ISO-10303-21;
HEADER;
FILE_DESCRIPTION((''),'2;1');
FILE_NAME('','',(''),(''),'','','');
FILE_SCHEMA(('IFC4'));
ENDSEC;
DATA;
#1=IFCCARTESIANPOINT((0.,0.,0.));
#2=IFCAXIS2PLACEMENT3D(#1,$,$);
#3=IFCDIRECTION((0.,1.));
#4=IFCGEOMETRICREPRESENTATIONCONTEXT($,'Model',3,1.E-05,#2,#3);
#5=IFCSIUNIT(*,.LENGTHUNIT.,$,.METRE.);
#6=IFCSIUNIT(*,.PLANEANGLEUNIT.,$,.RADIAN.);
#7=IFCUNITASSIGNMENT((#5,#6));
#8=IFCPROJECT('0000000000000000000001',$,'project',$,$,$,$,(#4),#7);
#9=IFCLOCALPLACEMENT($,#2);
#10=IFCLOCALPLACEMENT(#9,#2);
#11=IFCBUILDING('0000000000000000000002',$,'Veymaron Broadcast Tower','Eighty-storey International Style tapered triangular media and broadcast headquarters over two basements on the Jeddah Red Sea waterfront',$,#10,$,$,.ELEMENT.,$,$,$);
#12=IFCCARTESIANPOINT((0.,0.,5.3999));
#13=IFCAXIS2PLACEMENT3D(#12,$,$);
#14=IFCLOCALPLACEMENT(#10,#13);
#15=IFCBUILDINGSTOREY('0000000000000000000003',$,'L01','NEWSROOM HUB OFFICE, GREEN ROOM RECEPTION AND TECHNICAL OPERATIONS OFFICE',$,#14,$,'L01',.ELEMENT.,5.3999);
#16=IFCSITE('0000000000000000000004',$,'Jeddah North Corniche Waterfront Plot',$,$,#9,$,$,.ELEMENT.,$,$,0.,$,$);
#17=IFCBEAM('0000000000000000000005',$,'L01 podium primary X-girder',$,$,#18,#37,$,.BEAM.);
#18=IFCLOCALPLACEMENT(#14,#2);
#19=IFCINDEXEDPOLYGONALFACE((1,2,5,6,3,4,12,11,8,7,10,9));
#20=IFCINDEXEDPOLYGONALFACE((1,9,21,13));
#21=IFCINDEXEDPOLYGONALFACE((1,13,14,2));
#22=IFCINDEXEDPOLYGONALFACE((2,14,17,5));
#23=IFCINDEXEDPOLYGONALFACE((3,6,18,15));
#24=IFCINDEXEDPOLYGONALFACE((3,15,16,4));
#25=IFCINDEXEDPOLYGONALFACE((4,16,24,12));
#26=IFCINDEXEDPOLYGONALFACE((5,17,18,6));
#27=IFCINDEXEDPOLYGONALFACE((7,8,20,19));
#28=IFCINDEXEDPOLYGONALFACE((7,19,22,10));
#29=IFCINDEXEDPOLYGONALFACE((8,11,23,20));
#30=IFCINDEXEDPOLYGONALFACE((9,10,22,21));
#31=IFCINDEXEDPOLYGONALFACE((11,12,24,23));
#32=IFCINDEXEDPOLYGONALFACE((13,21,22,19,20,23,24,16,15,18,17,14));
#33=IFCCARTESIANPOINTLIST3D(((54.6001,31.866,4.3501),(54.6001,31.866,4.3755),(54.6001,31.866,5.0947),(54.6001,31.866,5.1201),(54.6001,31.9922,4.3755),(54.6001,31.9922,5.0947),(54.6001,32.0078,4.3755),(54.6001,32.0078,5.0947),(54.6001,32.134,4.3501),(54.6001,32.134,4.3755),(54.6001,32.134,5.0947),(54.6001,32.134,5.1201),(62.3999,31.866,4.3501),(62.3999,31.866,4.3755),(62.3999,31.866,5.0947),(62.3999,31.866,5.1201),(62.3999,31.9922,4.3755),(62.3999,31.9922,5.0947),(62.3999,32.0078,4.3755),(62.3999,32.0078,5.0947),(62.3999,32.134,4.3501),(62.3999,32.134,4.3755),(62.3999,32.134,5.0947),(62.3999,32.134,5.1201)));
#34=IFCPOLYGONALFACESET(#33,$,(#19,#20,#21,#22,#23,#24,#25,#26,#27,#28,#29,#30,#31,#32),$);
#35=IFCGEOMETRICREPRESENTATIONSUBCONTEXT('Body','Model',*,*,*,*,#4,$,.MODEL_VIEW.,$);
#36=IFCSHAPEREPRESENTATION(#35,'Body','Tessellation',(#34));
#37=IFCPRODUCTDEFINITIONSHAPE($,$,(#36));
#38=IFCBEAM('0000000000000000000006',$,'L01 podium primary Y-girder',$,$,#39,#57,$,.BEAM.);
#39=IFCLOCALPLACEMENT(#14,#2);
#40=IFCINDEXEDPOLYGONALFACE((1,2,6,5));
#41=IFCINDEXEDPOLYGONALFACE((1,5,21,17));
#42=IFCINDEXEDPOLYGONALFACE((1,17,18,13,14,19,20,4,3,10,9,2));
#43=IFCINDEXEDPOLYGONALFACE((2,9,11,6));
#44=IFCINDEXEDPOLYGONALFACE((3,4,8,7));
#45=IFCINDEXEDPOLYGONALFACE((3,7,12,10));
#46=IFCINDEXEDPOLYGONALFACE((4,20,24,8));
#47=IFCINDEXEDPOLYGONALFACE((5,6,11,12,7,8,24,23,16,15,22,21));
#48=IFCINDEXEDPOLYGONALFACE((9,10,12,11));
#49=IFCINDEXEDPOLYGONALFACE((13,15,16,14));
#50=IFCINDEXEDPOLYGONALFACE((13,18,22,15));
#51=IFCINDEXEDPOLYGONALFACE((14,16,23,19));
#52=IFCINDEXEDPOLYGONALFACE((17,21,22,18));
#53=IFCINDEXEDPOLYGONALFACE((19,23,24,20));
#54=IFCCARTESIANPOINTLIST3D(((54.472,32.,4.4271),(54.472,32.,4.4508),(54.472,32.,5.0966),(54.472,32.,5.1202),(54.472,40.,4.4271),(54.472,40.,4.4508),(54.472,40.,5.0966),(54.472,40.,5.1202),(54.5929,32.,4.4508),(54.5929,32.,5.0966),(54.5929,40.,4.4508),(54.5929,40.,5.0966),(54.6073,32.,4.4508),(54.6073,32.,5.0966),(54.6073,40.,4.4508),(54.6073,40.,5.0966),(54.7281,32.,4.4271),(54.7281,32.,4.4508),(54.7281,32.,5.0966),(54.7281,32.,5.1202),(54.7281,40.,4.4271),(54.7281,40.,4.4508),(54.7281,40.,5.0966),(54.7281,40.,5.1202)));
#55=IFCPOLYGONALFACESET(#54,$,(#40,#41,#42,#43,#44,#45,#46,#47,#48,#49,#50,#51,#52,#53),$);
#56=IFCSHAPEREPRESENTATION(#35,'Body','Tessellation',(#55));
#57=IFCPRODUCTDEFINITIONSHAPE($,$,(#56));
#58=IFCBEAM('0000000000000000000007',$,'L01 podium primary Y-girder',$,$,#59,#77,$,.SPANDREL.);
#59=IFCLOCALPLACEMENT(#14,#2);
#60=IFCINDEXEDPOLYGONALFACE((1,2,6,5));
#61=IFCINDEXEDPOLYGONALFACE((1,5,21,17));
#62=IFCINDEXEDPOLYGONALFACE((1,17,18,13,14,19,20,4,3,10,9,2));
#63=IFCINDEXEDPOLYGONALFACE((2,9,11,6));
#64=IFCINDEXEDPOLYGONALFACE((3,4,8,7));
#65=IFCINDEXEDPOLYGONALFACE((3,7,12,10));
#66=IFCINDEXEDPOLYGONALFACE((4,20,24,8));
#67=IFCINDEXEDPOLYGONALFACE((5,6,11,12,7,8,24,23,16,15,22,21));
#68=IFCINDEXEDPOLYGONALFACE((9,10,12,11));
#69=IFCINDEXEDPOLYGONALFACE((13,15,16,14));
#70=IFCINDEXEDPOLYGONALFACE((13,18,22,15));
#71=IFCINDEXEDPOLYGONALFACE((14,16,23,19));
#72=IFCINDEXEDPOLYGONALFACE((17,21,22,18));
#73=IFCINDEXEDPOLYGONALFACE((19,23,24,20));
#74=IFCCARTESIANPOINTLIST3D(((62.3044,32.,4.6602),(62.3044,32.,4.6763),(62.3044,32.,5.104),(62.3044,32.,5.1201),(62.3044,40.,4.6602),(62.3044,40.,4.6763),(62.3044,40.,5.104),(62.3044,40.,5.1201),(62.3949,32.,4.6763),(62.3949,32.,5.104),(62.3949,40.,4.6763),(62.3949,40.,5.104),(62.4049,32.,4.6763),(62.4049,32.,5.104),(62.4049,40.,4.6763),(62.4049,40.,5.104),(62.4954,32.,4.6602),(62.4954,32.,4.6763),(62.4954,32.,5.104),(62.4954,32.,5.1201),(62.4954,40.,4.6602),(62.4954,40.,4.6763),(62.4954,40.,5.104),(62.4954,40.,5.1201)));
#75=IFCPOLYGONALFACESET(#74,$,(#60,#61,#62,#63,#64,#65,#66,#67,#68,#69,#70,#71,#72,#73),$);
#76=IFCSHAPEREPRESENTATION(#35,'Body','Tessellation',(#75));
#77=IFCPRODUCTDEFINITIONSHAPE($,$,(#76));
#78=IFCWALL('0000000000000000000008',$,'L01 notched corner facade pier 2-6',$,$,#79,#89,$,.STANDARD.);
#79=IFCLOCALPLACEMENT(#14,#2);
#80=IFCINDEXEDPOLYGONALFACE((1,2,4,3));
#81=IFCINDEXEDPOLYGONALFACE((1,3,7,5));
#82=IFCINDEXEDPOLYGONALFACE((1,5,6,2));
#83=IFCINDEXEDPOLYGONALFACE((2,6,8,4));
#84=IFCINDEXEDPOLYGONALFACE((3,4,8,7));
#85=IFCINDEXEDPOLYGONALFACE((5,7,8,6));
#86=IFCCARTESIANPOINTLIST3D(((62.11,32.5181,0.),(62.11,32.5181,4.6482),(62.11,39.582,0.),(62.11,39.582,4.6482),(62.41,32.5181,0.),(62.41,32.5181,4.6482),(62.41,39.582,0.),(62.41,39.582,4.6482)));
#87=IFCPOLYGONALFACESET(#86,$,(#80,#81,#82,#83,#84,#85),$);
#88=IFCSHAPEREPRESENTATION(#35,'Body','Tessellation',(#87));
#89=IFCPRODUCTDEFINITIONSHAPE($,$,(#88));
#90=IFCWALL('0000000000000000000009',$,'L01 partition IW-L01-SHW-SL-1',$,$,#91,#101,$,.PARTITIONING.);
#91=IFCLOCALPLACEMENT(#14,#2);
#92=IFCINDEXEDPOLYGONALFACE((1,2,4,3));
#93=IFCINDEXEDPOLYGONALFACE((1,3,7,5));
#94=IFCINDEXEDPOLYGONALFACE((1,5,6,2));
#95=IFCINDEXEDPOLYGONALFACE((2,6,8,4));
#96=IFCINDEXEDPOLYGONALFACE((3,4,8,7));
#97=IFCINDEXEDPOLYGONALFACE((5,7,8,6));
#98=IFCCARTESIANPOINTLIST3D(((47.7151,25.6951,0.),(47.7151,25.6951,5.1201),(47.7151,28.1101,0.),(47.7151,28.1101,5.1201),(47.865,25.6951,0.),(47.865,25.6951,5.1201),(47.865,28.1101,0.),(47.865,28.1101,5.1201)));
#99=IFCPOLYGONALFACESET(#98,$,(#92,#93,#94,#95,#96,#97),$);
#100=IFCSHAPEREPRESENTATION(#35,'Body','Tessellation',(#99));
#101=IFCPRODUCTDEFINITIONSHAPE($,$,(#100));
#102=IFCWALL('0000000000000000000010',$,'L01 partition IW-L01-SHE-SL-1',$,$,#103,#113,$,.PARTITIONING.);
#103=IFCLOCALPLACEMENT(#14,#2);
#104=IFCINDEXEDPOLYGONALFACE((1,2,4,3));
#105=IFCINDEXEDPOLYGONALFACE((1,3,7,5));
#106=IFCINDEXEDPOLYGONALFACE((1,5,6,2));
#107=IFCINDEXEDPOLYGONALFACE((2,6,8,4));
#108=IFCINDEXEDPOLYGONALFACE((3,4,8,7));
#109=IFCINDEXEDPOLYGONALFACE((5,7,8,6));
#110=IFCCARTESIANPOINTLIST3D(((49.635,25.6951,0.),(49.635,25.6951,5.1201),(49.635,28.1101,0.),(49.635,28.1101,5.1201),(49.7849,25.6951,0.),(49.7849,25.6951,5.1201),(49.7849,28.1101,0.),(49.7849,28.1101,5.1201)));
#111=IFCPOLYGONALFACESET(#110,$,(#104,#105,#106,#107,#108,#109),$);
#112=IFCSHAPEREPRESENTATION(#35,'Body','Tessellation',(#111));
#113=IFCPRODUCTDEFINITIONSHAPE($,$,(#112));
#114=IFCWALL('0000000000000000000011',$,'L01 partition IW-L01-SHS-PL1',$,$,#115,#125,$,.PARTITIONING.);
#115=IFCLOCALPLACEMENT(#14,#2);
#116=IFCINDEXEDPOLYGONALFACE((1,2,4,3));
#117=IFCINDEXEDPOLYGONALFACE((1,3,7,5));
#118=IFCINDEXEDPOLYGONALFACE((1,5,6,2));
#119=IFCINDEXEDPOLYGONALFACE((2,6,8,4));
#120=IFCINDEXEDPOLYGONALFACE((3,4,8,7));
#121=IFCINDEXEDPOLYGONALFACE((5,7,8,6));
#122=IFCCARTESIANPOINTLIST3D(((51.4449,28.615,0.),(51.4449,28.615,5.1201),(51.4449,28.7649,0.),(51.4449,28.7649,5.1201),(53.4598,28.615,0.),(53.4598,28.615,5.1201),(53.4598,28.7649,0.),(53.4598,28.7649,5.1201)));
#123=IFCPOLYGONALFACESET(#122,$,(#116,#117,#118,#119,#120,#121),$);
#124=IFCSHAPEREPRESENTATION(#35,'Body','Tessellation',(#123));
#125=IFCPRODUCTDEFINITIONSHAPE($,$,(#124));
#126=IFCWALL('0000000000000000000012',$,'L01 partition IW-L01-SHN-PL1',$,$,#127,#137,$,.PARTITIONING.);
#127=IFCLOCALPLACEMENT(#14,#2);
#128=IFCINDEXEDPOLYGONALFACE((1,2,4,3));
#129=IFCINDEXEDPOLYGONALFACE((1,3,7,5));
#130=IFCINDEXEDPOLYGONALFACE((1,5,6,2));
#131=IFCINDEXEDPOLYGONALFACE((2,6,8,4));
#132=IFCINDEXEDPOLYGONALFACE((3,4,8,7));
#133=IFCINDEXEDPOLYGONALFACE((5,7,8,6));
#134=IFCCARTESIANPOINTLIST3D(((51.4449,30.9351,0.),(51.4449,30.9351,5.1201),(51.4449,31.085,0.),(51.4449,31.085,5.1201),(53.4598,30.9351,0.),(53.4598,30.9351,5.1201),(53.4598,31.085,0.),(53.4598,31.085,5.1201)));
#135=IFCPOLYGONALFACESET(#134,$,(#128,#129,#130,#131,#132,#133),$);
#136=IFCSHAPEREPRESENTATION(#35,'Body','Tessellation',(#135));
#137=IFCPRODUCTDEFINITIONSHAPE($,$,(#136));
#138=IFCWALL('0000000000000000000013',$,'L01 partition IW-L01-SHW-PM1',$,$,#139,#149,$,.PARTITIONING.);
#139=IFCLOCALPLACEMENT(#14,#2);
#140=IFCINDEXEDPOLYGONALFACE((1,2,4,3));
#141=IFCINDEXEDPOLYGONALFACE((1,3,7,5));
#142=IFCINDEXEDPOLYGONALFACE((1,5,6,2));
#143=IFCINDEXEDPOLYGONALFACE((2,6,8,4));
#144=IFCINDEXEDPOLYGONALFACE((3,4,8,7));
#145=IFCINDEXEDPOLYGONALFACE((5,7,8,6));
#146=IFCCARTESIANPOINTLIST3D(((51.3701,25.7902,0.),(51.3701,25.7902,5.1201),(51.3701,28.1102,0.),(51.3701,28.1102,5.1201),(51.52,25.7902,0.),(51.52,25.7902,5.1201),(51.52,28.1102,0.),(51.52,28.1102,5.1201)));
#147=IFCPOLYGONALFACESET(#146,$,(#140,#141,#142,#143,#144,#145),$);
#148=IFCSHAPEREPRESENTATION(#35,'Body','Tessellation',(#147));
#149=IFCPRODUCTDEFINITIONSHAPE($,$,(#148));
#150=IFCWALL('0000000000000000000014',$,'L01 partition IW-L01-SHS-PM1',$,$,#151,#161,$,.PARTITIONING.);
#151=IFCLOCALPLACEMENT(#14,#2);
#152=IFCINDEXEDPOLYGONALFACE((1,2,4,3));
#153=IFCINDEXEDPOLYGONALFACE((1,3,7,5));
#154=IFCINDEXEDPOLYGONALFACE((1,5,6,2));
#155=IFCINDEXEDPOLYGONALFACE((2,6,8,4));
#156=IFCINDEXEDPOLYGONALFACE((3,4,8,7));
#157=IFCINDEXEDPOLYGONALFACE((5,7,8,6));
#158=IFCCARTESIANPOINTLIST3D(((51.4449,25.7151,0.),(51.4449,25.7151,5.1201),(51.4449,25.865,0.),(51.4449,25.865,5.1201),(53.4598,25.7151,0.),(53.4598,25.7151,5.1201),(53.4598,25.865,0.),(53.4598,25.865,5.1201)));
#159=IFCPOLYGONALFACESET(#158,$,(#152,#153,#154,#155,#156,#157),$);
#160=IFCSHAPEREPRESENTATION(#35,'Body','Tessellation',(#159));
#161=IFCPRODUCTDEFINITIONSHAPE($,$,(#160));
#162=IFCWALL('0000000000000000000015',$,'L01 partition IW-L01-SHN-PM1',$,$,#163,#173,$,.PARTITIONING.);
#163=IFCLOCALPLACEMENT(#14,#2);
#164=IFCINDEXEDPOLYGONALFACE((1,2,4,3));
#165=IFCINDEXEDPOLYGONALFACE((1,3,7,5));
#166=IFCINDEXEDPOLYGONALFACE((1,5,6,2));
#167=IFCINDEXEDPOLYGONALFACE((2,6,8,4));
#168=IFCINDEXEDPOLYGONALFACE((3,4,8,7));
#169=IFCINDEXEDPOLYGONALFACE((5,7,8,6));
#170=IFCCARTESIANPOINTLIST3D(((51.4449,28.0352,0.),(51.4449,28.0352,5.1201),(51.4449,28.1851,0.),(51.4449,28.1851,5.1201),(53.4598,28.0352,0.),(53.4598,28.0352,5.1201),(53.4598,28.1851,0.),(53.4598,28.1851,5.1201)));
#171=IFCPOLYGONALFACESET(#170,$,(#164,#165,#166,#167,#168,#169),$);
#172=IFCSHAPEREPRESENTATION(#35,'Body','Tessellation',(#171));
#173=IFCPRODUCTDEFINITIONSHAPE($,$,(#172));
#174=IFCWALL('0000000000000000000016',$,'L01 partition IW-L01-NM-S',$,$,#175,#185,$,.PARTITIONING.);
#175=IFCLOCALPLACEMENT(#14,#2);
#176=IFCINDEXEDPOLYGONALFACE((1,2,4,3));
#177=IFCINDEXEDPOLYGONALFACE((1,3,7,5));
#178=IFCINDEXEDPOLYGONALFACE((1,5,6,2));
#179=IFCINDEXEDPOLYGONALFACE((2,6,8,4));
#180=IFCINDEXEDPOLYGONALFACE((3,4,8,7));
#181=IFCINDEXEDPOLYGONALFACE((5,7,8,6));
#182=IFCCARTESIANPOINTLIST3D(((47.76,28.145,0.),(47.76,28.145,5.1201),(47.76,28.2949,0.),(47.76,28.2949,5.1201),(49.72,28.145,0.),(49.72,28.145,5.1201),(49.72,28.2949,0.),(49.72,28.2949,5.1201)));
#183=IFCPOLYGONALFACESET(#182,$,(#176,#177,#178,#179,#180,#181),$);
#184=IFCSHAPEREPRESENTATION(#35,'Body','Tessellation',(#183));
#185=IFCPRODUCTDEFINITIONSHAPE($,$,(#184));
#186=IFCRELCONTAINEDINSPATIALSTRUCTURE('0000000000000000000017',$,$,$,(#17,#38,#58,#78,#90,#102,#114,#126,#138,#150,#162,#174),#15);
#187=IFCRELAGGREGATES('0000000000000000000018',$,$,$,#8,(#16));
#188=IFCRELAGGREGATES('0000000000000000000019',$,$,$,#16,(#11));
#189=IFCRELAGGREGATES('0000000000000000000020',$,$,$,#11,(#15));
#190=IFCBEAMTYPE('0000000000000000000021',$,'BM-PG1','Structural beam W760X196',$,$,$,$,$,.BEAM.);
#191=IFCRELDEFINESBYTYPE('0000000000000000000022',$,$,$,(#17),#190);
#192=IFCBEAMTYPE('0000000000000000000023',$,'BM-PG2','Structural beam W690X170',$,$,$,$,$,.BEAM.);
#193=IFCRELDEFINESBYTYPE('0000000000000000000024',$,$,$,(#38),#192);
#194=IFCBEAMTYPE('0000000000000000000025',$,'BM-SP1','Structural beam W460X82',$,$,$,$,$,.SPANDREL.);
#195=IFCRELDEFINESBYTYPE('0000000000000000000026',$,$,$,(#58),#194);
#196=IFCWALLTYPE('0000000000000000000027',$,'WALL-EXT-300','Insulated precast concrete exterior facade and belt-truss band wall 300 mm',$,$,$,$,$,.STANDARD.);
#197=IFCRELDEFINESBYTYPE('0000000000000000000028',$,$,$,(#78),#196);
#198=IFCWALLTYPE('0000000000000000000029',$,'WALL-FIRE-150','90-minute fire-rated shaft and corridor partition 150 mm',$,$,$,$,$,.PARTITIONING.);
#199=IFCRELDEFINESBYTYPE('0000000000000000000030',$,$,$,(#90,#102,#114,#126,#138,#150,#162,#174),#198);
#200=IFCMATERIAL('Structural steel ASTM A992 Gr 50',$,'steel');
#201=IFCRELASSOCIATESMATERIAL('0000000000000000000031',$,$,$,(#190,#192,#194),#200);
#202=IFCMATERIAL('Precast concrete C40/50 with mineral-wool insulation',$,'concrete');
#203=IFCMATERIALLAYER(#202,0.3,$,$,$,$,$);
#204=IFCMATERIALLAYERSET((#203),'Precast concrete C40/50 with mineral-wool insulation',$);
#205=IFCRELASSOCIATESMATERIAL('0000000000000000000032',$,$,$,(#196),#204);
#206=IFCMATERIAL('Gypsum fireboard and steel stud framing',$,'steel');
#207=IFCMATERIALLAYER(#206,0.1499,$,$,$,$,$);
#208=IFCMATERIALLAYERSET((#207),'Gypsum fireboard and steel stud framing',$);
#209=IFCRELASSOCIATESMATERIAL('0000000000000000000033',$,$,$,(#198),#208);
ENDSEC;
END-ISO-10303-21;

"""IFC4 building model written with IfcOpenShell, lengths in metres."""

from ifc_helpers import new_model, si_unit, direction, frame, frame_2d, origin, origin_2d, place, context, subcontext, project, spatial, rectangle, i_section, extrude, material, layer, layer_set, material_profile, profile_set, type_object, element, save


model = new_model("IFC4")

# Units and contexts
model_context = context("Model", 3, precision=1e-05, world=origin(), true_north=direction((0.0, 1.0)))
body_context = subcontext(model_context, "Body", "Model", "MODEL_VIEW")
ifc_project = project(units=[si_unit("LENGTHUNIT", "METRE"), si_unit("PLANEANGLEUNIT", "RADIAN")], contexts=[model_context])

# Site, building, storey
site_placement = place(None, origin())
site = spatial("IfcSite", under=ifc_project, at=site_placement, Name="Jeddah North Corniche Waterfront Plot", CompositionType="ELEMENT", RefElevation=0.0)
building_placement = place(site_placement, origin())
building = spatial("IfcBuilding", under=site, at=building_placement, Name="Veymaron Broadcast Tower", Description="Eighty-storey International Style tapered triangular media and broadcast headquarters over two basements on the Jeddah Red Sea waterfront", CompositionType="ELEMENT")
storey_placement = place(building_placement, frame((0.0, 0.0, 5.3999)))
storey = spatial("IfcBuildingStorey", under=building, at=storey_placement, Name="L01", Description="NEWSROOM HUB OFFICE, GREEN ROOM RECEPTION AND TECHNICAL OPERATIONS OFFICE", LongName="L01", CompositionType="ELEMENT", Elevation=5.3999)

# Shared definitions
ifc_material_1 = material(Name="Structural steel ASTM A992 Gr 50", Category="steel")

# Beams
ifc_material_profile_1 = material_profile(ifc_material_1, i_section(OverallWidth=0.2681, OverallDepth=0.77, WebThickness=0.0156, FlangeThickness=0.0254, at=origin_2d()), Name="W760X196")
ifc_profile_set_1 = profile_set([ifc_material_profile_1], Name="Structural steel ASTM A992 Gr 50")
beam_type_1 = type_object("IfcBeamType", Name="BM-PG1", Description="Structural beam W760X196", PredefinedType="BEAM", material=ifc_profile_set_1)
beam_1_placement = place(storey_placement, frame((54.6001, 32.0, 4.7351), z_axis=(1.0, 0.0, 0.0), x_axis=(0.0, 1.0, 0.0)))
element("IfcBeam", 1, at=beam_1_placement, inside=storey, type_object=beam_type_1, Name="L01 podium primary X-girder", PredefinedType="BEAM", context=body_context, shape_type="SweptSolid", body=[
    extrude(i_section(OverallWidth=0.2681, OverallDepth=0.77, WebThickness=0.0156, FlangeThickness=0.0254, at=origin_2d()), origin(), (0.0, 0.0, 1.0), 7.7998),
])
ifc_material_profile_2 = material_profile(ifc_material_1, i_section(OverallWidth=0.2561, OverallDepth=0.6931, WebThickness=0.0144, FlangeThickness=0.0237, at=origin_2d()), Name="W690X170")
ifc_profile_set_2 = profile_set([ifc_material_profile_2], Name="Structural steel ASTM A992 Gr 50")
beam_type_2 = type_object("IfcBeamType", Name="BM-PG2", Description="Structural beam W690X170", PredefinedType="BEAM", material=ifc_profile_set_2)
beam_2_placement = place(storey_placement, frame((54.6001, 32.0, 4.7737), z_axis=(0.0, 1.0, 0.0), x_axis=(-1.0, 0.0, 0.0)))
element("IfcBeam", 2, at=beam_2_placement, inside=storey, type_object=beam_type_2, Name="L01 podium primary Y-girder", PredefinedType="BEAM", context=body_context, shape_type="SweptSolid", body=[
    extrude(i_section(OverallWidth=0.2561, OverallDepth=0.6931, WebThickness=0.0144, FlangeThickness=0.0237, at=origin_2d()), origin(), (0.0, 0.0, 1.0), 8.0),
])
ifc_material_profile_3 = material_profile(ifc_material_1, i_section(OverallWidth=0.1909, OverallDepth=0.46, WebThickness=0.01, FlangeThickness=0.0161, at=origin_2d()), Name="W460X82")
ifc_profile_set_3 = profile_set([ifc_material_profile_3], Name="Structural steel ASTM A992 Gr 50")
beam_type_3 = type_object("IfcBeamType", Name="BM-SP1", Description="Structural beam W460X82", PredefinedType="SPANDREL", material=ifc_profile_set_3)
beam_3_placement = place(storey_placement, frame((62.3999, 32.0, 4.8901), z_axis=(0.0, 1.0, 0.0), x_axis=(-1.0, 0.0, 0.0)))
element("IfcBeam", 3, at=beam_3_placement, inside=storey, type_object=beam_type_3, Name="L01 podium primary Y-girder", PredefinedType="SPANDREL", context=body_context, shape_type="SweptSolid", body=[
    extrude(i_section(OverallWidth=0.1909, OverallDepth=0.46, WebThickness=0.01, FlangeThickness=0.0161, at=origin_2d()), origin(), (0.0, 0.0, 1.0), 8.0),
])

# Wall
ifc_material_2 = material(Name="Precast concrete C40/50 with mineral-wool insulation", Category="concrete")
ifc_layer_1 = layer(ifc_material_2, 0.3)
ifc_layer_set_1 = layer_set([ifc_layer_1], Name="Precast concrete C40/50 with mineral-wool insulation")
wall_type_1 = type_object("IfcWallType", Name="WALL-EXT-300", Description="Insulated precast concrete exterior facade and belt-truss band wall 300 mm", PredefinedType="STANDARD", material=ifc_layer_set_1)
wall_1_placement = place(storey_placement, frame((62.26, 32.5181, 0.0), z_axis=(0.0, 0.0, 1.0), x_axis=(0.0, 1.0, 0.0)))
element("IfcWall", 4, at=wall_1_placement, inside=storey, type_object=wall_type_1, Name="L01 notched corner facade pier 2-6", PredefinedType="STANDARD", context=body_context, shape_type="SweptSolid", body=[
    extrude(rectangle(XDim=7.064, YDim=0.3, at=frame_2d((3.532, 0.0))), origin(), (0.0, 0.0, 1.0), 4.6482),
])

# Shared definitions
ifc_material_3 = material(Name="Gypsum fireboard and steel stud framing", Category="steel")
ifc_layer_2 = layer(ifc_material_3, 0.1499)
ifc_layer_set_2 = layer_set([ifc_layer_2], Name="Gypsum fireboard and steel stud framing")
wall_type_2 = type_object("IfcWallType", Name="WALL-FIRE-150", Description="90-minute fire-rated shaft and corridor partition 150 mm", PredefinedType="PARTITIONING", material=ifc_layer_set_2)

# Walls
for number, where, z_axis, x_axis, name in (
    (5, (47.79, 25.6951, 0.0), (0.0, 0.0, 1.0), (0.0, 1.0, 0.0), "L01 partition IW-L01-SHW-SL-1"),
    (6, (49.71, 25.6951, 0.0), (0.0, 0.0, 1.0), (0.0, 1.0, 0.0), "L01 partition IW-L01-SHE-SL-1"),
):
    element("IfcWall", number, at=place(storey_placement, frame(where, z_axis=z_axis, x_axis=x_axis)), inside=storey, type_object=wall_type_2, Name=name, PredefinedType="PARTITIONING", context=body_context, shape_type="SweptSolid", body=[
        extrude(rectangle(XDim=2.415, YDim=0.1499, at=frame_2d((1.2075, 0.0))), origin(), (0.0, 0.0, 1.0), 5.1201),
    ])

# Walls
for number, where, z_axis, x_axis, name in (
    (7, (51.4451, 28.6899, 0.0), (0.0, 0.0, 1.0), (1.0, 0.0, 0.0), "L01 partition IW-L01-SHS-PL1"),
    (8, (51.4451, 31.01, 0.0), (0.0, 0.0, 1.0), (1.0, 0.0, 0.0), "L01 partition IW-L01-SHN-PL1"),
):
    element("IfcWall", number, at=place(storey_placement, frame(where, z_axis=z_axis, x_axis=x_axis)), inside=storey, type_object=wall_type_2, Name=name, PredefinedType="PARTITIONING", context=body_context, shape_type="SweptSolid", body=[
        extrude(rectangle(XDim=2.0149, YDim=0.1499, at=frame_2d((1.0073, 0.0))), origin(), (0.0, 0.0, 1.0), 5.1201),
    ])
wall_2_placement = place(storey_placement, frame((51.4451, 25.79, 0.0), z_axis=(0.0, 0.0, 1.0), x_axis=(0.0, 1.0, 0.0)))
element("IfcWall", 9, at=wall_2_placement, inside=storey, type_object=wall_type_2, Name="L01 partition IW-L01-SHW-PM1", PredefinedType="PARTITIONING", context=body_context, shape_type="SweptSolid", body=[
    extrude(rectangle(XDim=2.3201, YDim=0.1499, at=frame_2d((1.1602, 0.0))), origin(), (0.0, 0.0, 1.0), 5.1201),
])
for number, where, z_axis, x_axis, name in (
    (10, (51.4451, 25.79, 0.0), (0.0, 0.0, 1.0), (1.0, 0.0, 0.0), "L01 partition IW-L01-SHS-PM1"),
    (11, (51.4451, 28.1101, 0.0), (0.0, 0.0, 1.0), (1.0, 0.0, 0.0), "L01 partition IW-L01-SHN-PM1"),
):
    element("IfcWall", number, at=place(storey_placement, frame(where, z_axis=z_axis, x_axis=x_axis)), inside=storey, type_object=wall_type_2, Name=name, PredefinedType="PARTITIONING", context=body_context, shape_type="SweptSolid", body=[
        extrude(rectangle(XDim=2.0149, YDim=0.1499, at=frame_2d((1.0073, 0.0))), origin(), (0.0, 0.0, 1.0), 5.1201),
    ])
wall_3_placement = place(storey_placement, frame((47.76, 28.22, 0.0), z_axis=(0.0, 0.0, 1.0), x_axis=(1.0, 0.0, 0.0)))
element("IfcWall", 12, at=wall_3_placement, inside=storey, type_object=wall_type_2, Name="L01 partition IW-L01-NM-S", PredefinedType="PARTITIONING", context=body_context, shape_type="SweptSolid", body=[
    extrude(rectangle(XDim=1.96, YDim=0.1499, at=frame_2d((0.98, 0.0))), origin(), (0.0, 0.0, 1.0), 5.1201),
])

save(model, "model.ifc")
